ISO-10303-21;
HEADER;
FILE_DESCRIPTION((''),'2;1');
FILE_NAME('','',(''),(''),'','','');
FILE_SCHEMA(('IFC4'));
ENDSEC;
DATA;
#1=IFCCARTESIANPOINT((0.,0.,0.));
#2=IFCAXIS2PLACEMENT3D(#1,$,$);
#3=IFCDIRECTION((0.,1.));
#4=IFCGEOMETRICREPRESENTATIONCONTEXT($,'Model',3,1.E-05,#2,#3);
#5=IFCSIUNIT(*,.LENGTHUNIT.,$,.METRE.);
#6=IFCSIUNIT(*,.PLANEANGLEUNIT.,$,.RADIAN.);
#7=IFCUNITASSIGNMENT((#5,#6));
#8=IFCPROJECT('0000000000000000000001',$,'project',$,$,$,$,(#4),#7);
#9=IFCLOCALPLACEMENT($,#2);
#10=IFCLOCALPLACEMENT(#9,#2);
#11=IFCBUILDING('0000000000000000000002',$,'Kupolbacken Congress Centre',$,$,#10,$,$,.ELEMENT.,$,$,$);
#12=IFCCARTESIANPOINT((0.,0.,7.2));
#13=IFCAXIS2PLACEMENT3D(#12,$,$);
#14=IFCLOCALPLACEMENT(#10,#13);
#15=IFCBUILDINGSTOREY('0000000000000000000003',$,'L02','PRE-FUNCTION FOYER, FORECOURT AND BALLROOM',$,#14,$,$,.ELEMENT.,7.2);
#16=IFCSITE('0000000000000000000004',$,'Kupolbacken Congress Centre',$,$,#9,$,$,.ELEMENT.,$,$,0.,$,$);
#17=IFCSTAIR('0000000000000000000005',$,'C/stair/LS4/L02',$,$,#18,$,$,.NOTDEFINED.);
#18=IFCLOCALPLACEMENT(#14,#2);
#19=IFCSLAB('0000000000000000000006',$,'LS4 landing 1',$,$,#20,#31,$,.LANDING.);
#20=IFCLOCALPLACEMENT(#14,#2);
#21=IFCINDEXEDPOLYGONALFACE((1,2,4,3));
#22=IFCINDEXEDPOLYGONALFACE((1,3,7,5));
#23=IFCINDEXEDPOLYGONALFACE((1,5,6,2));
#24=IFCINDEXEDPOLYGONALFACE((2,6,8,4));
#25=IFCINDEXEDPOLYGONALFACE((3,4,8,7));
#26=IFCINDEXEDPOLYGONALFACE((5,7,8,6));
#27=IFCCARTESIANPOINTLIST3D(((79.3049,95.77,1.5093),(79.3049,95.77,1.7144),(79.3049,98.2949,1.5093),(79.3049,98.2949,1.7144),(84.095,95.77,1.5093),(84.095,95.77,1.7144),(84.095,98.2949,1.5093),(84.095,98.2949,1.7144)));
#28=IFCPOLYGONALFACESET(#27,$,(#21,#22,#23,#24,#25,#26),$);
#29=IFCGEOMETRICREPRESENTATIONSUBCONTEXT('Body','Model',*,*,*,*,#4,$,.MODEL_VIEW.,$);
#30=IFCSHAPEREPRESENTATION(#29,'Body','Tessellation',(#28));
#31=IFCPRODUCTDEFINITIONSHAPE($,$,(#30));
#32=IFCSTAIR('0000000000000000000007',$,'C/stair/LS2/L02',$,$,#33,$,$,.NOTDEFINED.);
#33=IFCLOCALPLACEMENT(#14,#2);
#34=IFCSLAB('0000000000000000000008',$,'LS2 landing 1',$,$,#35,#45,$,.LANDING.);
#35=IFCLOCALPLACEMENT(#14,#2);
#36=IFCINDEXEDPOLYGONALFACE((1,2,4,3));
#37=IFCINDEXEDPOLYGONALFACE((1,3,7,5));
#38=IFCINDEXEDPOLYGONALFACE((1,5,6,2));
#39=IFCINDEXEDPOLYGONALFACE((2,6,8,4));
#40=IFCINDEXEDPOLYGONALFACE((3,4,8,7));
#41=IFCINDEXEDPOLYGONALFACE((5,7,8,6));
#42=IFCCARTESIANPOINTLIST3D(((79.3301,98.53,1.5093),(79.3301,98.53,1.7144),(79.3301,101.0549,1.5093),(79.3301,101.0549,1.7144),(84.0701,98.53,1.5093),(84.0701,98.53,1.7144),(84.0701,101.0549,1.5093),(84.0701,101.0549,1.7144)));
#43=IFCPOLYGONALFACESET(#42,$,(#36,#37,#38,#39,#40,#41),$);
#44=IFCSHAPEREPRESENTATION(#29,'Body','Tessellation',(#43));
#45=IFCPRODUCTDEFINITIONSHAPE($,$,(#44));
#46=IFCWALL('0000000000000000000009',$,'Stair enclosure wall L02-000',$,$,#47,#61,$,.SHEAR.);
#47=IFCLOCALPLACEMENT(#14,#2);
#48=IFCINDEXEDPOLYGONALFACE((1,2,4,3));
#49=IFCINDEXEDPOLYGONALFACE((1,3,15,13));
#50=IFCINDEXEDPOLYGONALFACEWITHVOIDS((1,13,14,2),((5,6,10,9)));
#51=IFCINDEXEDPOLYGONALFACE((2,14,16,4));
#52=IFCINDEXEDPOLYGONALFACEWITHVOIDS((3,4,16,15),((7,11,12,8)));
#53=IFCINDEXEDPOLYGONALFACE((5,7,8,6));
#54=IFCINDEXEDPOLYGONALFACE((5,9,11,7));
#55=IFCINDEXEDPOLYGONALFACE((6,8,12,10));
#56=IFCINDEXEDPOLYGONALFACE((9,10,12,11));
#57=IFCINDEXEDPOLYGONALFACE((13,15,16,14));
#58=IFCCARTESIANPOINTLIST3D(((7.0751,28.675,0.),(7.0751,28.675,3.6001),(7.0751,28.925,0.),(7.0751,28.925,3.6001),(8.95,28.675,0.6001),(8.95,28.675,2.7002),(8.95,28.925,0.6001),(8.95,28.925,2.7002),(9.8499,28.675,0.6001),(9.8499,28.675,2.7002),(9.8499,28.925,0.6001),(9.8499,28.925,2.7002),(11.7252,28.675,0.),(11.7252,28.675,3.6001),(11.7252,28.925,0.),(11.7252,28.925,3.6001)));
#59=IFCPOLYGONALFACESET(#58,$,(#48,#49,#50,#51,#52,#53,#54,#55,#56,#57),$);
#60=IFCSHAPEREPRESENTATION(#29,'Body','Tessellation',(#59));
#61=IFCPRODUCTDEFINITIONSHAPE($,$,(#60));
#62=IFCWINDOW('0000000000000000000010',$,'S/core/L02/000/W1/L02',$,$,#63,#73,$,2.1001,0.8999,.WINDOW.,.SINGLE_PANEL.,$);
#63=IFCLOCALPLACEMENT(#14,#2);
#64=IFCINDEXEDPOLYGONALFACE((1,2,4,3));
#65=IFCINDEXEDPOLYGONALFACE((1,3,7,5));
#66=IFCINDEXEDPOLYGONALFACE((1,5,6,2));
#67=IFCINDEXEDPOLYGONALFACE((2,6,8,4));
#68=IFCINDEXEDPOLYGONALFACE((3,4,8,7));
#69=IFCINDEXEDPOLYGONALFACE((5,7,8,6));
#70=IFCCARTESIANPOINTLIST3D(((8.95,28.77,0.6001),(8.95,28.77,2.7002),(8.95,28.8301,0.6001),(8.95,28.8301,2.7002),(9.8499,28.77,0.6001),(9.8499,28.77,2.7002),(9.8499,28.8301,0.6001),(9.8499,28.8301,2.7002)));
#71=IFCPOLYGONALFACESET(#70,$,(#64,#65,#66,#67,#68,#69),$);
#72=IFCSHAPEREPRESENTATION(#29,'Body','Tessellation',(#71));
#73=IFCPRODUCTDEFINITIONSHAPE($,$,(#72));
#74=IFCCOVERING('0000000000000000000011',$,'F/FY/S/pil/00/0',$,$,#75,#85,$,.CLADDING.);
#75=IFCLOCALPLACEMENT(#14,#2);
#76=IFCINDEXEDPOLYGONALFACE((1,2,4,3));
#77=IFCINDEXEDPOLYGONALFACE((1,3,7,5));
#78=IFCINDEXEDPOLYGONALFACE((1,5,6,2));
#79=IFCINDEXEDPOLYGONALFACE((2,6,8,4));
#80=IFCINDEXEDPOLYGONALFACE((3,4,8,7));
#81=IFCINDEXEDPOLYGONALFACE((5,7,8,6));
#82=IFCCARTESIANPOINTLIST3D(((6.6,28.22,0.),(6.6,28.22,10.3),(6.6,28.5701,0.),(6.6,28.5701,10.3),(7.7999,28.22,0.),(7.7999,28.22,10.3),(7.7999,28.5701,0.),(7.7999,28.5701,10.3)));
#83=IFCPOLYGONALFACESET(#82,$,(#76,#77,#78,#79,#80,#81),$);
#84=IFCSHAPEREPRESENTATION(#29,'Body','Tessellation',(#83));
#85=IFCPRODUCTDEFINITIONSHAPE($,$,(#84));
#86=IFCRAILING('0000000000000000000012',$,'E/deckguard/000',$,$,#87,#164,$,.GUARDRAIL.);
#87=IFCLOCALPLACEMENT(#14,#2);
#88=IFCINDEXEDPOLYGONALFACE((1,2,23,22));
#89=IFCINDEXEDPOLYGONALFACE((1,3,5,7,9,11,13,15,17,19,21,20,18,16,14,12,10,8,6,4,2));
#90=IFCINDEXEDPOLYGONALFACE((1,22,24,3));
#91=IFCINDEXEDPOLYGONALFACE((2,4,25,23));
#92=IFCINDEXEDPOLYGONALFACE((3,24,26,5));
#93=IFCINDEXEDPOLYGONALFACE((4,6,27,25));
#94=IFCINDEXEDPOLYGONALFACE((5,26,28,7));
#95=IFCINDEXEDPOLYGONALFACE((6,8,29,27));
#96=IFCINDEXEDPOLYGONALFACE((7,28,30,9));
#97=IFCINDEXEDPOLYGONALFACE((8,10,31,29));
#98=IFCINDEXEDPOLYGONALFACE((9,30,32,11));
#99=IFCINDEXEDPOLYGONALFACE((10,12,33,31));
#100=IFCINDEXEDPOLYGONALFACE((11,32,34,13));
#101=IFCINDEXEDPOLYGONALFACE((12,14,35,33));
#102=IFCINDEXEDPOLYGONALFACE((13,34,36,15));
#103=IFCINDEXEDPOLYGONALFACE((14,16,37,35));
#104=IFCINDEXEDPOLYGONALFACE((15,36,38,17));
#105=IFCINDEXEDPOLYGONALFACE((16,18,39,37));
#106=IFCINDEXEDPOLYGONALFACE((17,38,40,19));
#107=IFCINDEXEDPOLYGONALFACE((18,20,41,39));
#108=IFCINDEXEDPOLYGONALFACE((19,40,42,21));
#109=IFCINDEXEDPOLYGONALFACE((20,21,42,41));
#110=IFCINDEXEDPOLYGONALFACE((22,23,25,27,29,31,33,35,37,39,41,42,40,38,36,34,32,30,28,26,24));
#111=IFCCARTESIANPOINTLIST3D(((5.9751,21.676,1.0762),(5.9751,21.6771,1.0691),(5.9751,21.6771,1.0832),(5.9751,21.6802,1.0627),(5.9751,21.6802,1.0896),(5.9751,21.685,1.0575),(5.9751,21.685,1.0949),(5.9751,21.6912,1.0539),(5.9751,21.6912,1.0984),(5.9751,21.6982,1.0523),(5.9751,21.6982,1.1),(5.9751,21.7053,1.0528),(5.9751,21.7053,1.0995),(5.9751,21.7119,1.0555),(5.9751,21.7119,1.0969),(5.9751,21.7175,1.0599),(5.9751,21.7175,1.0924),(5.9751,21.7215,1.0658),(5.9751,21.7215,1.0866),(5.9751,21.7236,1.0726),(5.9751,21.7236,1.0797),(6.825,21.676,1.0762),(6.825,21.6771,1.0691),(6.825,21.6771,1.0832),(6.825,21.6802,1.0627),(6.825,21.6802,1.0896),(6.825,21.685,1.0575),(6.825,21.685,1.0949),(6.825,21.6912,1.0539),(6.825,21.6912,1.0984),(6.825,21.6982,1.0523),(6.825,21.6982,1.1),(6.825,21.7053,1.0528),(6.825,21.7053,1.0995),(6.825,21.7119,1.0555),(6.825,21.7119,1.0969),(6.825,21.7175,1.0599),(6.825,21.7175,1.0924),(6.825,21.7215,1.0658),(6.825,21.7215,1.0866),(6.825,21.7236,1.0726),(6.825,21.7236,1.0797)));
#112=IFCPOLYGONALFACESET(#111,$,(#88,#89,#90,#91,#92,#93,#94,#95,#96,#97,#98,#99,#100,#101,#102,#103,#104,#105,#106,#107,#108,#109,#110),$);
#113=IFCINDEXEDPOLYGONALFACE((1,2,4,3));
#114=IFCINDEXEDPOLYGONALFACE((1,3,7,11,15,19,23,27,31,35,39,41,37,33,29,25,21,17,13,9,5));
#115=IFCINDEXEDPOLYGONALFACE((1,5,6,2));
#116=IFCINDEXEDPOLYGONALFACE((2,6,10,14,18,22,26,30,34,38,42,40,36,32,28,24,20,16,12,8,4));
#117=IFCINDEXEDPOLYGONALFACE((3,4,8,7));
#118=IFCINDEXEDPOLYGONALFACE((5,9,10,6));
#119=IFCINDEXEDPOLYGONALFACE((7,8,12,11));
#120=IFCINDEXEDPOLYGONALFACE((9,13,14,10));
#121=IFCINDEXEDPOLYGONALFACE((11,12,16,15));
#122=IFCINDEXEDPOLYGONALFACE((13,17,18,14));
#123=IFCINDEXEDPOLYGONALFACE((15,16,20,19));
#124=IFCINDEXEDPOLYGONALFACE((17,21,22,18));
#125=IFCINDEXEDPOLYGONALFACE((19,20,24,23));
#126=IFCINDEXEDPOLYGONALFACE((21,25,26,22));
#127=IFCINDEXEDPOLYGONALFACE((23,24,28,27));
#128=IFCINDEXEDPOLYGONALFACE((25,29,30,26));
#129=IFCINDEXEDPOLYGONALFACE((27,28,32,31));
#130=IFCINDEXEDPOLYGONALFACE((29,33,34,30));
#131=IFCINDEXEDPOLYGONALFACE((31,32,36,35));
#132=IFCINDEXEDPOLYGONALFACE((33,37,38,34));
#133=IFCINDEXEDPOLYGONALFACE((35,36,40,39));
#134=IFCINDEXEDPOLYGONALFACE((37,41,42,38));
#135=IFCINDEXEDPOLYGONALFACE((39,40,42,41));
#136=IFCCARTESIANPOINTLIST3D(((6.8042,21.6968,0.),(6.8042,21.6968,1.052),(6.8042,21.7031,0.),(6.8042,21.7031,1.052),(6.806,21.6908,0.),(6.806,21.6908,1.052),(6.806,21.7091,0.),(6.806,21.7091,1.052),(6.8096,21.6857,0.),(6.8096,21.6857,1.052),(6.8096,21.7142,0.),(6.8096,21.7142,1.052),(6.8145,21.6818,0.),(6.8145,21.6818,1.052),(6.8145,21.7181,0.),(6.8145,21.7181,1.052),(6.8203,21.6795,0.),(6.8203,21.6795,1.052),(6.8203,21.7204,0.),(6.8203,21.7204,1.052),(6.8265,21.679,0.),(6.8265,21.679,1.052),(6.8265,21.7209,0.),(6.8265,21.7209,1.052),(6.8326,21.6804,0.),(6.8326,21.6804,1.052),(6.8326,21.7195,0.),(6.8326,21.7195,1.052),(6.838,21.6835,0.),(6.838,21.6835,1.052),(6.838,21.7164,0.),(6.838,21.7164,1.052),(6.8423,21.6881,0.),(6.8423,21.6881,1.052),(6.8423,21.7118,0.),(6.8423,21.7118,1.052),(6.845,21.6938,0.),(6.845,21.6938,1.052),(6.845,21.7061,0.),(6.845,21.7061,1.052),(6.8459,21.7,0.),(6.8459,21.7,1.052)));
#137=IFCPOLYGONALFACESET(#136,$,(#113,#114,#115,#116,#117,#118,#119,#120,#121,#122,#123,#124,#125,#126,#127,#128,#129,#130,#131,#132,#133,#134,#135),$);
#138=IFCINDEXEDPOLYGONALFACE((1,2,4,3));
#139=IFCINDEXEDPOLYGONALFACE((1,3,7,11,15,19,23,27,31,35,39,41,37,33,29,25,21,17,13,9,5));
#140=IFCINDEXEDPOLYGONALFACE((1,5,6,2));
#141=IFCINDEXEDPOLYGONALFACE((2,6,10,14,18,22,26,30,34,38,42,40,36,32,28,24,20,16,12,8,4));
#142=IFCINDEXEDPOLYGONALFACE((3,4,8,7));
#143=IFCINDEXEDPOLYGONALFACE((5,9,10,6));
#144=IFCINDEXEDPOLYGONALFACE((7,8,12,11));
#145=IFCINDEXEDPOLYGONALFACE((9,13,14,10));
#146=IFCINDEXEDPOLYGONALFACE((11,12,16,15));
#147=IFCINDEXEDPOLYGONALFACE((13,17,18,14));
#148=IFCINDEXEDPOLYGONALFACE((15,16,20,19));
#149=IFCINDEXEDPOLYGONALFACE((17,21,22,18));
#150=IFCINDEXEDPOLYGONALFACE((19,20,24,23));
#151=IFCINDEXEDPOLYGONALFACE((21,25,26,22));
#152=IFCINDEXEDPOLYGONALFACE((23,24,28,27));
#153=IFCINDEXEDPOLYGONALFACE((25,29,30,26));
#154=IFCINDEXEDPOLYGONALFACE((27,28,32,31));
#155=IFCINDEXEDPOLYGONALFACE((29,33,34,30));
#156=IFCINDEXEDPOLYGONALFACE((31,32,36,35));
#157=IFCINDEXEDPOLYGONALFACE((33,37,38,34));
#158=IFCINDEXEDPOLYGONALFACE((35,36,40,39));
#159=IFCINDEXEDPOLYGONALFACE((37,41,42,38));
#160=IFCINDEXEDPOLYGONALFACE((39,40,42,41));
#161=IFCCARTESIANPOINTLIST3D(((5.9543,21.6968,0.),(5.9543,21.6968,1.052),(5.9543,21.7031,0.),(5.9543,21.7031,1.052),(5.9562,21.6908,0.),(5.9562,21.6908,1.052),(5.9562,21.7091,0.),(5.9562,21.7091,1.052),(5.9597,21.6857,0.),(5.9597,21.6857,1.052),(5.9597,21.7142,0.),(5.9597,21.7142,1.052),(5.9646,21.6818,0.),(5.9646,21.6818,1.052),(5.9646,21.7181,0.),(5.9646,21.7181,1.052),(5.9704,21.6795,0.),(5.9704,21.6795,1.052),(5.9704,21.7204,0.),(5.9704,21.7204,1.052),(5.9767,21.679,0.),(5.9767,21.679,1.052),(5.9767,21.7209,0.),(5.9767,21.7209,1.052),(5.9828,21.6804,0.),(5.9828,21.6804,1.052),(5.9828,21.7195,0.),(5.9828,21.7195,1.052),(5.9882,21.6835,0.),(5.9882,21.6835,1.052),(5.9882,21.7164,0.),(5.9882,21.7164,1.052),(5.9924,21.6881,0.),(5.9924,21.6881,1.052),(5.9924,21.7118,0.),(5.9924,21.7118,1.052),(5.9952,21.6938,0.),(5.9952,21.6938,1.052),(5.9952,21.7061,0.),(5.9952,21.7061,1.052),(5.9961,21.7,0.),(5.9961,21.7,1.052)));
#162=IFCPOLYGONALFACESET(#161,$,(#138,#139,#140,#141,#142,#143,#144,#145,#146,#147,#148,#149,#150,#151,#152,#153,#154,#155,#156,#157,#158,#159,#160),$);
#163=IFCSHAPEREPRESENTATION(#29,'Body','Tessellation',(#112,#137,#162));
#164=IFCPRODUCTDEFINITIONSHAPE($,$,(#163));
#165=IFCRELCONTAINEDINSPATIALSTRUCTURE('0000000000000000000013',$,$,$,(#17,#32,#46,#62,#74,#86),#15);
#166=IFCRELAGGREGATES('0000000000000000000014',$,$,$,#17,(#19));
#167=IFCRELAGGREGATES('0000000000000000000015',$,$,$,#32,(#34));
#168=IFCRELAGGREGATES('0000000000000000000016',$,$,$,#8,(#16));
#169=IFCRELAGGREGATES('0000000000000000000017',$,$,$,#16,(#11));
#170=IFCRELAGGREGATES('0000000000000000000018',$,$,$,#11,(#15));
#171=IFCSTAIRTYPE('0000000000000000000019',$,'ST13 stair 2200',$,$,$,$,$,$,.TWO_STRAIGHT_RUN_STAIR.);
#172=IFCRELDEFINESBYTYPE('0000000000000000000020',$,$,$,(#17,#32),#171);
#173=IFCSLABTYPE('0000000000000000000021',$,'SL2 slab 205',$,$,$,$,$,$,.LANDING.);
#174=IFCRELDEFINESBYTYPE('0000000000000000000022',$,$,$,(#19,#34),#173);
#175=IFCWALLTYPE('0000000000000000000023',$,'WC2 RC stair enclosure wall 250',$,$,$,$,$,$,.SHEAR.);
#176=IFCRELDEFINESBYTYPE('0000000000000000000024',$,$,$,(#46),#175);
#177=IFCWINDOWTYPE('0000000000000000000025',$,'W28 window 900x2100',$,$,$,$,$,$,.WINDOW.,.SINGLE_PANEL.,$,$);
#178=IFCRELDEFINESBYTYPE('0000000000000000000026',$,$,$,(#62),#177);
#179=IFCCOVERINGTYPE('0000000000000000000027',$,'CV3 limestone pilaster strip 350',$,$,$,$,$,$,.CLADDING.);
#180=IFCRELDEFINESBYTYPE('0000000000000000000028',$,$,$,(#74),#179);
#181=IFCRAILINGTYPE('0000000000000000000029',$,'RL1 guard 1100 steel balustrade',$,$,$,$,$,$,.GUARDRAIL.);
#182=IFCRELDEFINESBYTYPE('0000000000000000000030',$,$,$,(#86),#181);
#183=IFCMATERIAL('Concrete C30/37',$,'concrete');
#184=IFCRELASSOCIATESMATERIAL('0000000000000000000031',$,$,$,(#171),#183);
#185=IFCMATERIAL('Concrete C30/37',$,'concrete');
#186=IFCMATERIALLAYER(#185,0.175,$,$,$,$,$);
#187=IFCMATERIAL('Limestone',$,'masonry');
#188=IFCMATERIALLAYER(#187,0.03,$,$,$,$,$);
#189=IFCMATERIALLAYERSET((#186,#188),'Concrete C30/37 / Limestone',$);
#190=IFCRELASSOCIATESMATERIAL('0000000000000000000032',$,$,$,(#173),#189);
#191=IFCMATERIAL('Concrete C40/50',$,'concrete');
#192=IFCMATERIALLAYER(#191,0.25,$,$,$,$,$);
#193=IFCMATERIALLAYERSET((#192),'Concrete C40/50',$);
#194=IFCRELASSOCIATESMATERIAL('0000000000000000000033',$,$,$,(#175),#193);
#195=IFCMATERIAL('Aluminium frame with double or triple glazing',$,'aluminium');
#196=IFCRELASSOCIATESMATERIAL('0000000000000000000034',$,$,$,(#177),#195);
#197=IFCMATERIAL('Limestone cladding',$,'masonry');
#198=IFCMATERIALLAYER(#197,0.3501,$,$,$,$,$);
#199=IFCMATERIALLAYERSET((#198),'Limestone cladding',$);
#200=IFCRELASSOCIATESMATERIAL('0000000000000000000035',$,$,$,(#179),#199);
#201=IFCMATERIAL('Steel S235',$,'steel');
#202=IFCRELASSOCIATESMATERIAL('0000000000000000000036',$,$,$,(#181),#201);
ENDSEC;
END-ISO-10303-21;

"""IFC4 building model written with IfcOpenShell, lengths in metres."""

from ifc_helpers import new_model, si_unit, direction, frame, frame_2d, origin, origin_2d, place, context, subcontext, project, spatial, polyline, rectangle, circle, outline, extrude, material, layer, layer_set, type_object, element, fill, aggregate, save


model = new_model("IFC4")

# Units and contexts
model_context = context("Model", 3, precision=1e-05, world=origin(), true_north=direction((0.0, 1.0)))
body_context = subcontext(model_context, "Body", "Model", "MODEL_VIEW")
ifc_project = project(units=[si_unit("LENGTHUNIT", "METRE"), si_unit("PLANEANGLEUNIT", "RADIAN")], contexts=[model_context])

# Site, building, storey
site_placement = place(None, origin())
site = spatial("IfcSite", under=ifc_project, at=site_placement, Name="Kupolbacken Congress Centre", CompositionType="ELEMENT", RefElevation=0.0)
building_placement = place(site_placement, origin())
building = spatial("IfcBuilding", under=site, at=building_placement, Name="Kupolbacken Congress Centre", CompositionType="ELEMENT")
storey_placement = place(building_placement, frame((0.0, 0.0, 7.2)))
storey = spatial("IfcBuildingStorey", under=building, at=storey_placement, Name="L02", Description="PRE-FUNCTION FOYER, FORECOURT AND BALLROOM", CompositionType="ELEMENT", Elevation=7.2)

# Shared definitions
ifc_material_1 = material(Name="Concrete C30/37", Category="concrete")

# Stairs, slabs
ifc_material_2 = material(Name="Concrete C30/37", Category="concrete")
stair_type_1 = type_object("IfcStairType", Name="ST13 stair 2200", PredefinedType="TWO_STRAIGHT_RUN_STAIR", material=ifc_material_2)
stair_1_placement = place(storey_placement, origin())
stair_1 = element("IfcStair", 1, at=stair_1_placement, inside=storey, type_object=stair_type_1, Name="C/stair/LS4/L02", PredefinedType="NOTDEFINED")
ifc_layer_1 = layer(ifc_material_1, 0.175)
ifc_material_3 = material(Name="Limestone", Category="masonry")
ifc_layer_2 = layer(ifc_material_3, 0.03)
ifc_layer_set_1 = layer_set([ifc_layer_1, ifc_layer_2], Name="Concrete C30/37 / Limestone")
slab_type_1 = type_object("IfcSlabType", Name="SL2 slab 205", PredefinedType="LANDING", material=ifc_layer_set_1)
slab_1_placement = place(storey_placement, frame((0.0, 0.0, 1.5093)))
slab_1 = element("IfcSlab", 2, at=slab_1_placement, type_object=slab_type_1, Name="LS4 landing 1", PredefinedType="LANDING", context=body_context, shape_type="SweptSolid", body=[
    extrude(outline(polyline([(79.3049, 95.77), (84.095, 95.77), (84.095, 98.2949), (79.3049, 98.2949), (79.3049, 95.77)])), origin(), (0.0, 0.0, 1.0), 0.2051),
])
aggregate(stair_1, [slab_1])
stair_2_placement = place(storey_placement, origin())
stair_2 = element("IfcStair", 3, at=stair_2_placement, inside=storey, type_object=stair_type_1, Name="C/stair/LS2/L02", PredefinedType="NOTDEFINED")
slab_2_placement = place(storey_placement, frame((0.0, 0.0, 1.5093)))
slab_2 = element("IfcSlab", 4, at=slab_2_placement, type_object=slab_type_1, Name="LS2 landing 1", PredefinedType="LANDING", context=body_context, shape_type="SweptSolid", body=[
    extrude(outline(polyline([(79.3301, 98.53), (84.0701, 98.53), (84.0701, 101.0549), (79.3301, 101.0549), (79.3301, 98.53)])), origin(), (0.0, 0.0, 1.0), 0.2051),
])
aggregate(stair_2, [slab_2])

# Wall, opening, window
ifc_material_4 = material(Name="Concrete C40/50", Category="concrete")
ifc_layer_3 = layer(ifc_material_4, 0.25)
ifc_layer_set_2 = layer_set([ifc_layer_3], Name="Concrete C40/50")
wall_type = type_object("IfcWallType", Name="WC2 RC stair enclosure wall 250", PredefinedType="SHEAR", material=ifc_layer_set_2)
wall_placement = place(storey_placement, frame((7.075, 28.8, 0.0), z_axis=(0.0, 0.0, 1.0), x_axis=(1.0, 0.0, 0.0)))
wall = element("IfcWall", 5, at=wall_placement, inside=storey, type_object=wall_type, Name="Stair enclosure wall L02-000", PredefinedType="SHEAR", context=body_context, shape_type="SweptSolid", body=[
    extrude(rectangle(XDim=4.6501, YDim=0.25, at=frame_2d((2.3252, 0.0))), origin(), (0.0, 0.0, 1.0), 3.6001),
])
opening_placement = place(wall_placement, frame((1.875, 0.0, 0.6001)))
opening = element("IfcOpeningElement", 6, at=opening_placement, cuts=wall, PredefinedType="OPENING", context=body_context, shape_type="SweptSolid", body=[
    extrude(rectangle(XDim=0.8999, YDim=2.1001, at=frame_2d((0.45, 1.05))), frame((0.0, 0.135, 0.0), z_axis=(0.0, -1.0, 0.0), x_axis=(1.0, 0.0, 0.0)), (0.0, 0.0, 1.0), 0.27),
])
ifc_material_5 = material(Name="Aluminium frame with double or triple glazing", Category="aluminium")
window_type = type_object("IfcWindowType", Name="W28 window 900x2100", PartitioningType="SINGLE_PANEL", PredefinedType="WINDOW", material=ifc_material_5)
window_placement = place(opening_placement, origin())
window = element("IfcWindow", 7, at=window_placement, inside=storey, type_object=window_type, Name="S/core/L02/000/W1/L02", OverallHeight=2.1001, OverallWidth=0.8999, PartitioningType="SINGLE_PANEL", PredefinedType="WINDOW", context=body_context, shape_type="SweptSolid", body=[
    extrude(rectangle(XDim=0.8999, YDim=2.1001, at=frame_2d((0.45, 1.05))), frame((0.0, 0.03, 0.0), z_axis=(0.0, -1.0, 0.0), x_axis=(1.0, 0.0, 0.0)), (0.0, 0.0, 1.0), 0.0601),
])
fill(opening, window)

# Covering
ifc_material_6 = material(Name="Limestone cladding", Category="masonry")
ifc_layer_4 = layer(ifc_material_6, 0.3501)
ifc_layer_set_3 = layer_set([ifc_layer_4], Name="Limestone cladding")
covering_type = type_object("IfcCoveringType", Name="CV3 limestone pilaster strip 350", PredefinedType="CLADDING", material=ifc_layer_set_3)
covering_placement = place(storey_placement, frame((7.2, 28.395, 0.0), z_axis=(0.0, 0.0, 1.0), x_axis=(1.0, 0.0, 0.0)))
element("IfcCovering", 8, at=covering_placement, inside=storey, type_object=covering_type, Name="F/FY/S/pil/00/0", PredefinedType="CLADDING", context=body_context, shape_type="SweptSolid", body=[
    extrude(rectangle(XDim=1.2, YDim=0.3501, at=origin_2d()), origin(), (0.0, 0.0, 1.0), 10.3),
])

# Railing
ifc_material_7 = material(Name="Steel S235", Category="steel")
railing_type_1 = type_object("IfcRailingType", Name="RL1 guard 1100 steel balustrade", PredefinedType="GUARDRAIL", material=ifc_material_7)
railing_1_placement = place(storey_placement, frame((6.825, 21.7, 0.0)))
element("IfcRailing", 9, at=railing_1_placement, inside=storey, type_object=railing_type_1, Name="E/deckguard/000", PredefinedType="GUARDRAIL", context=body_context, shape_type="SweptSolid", body=[
    extrude(circle(Radius=0.0239, at=origin_2d()), frame((0.0, 0.0, 1.0762), z_axis=(-1.0, 0.0, 0.0), x_axis=(0.0, -1.0, 0.0)), (0.0, 0.0, 1.0), 0.8499),
    extrude(circle(Radius=0.021, at=origin_2d()), origin(), (0.0, 0.0, 1.0), 1.052),
    extrude(circle(Radius=0.021, at=origin_2d()), frame((-0.8499, 0.0, 0.0)), (0.0, 0.0, 1.0), 1.052),
])

save(model, "model.ifc")
